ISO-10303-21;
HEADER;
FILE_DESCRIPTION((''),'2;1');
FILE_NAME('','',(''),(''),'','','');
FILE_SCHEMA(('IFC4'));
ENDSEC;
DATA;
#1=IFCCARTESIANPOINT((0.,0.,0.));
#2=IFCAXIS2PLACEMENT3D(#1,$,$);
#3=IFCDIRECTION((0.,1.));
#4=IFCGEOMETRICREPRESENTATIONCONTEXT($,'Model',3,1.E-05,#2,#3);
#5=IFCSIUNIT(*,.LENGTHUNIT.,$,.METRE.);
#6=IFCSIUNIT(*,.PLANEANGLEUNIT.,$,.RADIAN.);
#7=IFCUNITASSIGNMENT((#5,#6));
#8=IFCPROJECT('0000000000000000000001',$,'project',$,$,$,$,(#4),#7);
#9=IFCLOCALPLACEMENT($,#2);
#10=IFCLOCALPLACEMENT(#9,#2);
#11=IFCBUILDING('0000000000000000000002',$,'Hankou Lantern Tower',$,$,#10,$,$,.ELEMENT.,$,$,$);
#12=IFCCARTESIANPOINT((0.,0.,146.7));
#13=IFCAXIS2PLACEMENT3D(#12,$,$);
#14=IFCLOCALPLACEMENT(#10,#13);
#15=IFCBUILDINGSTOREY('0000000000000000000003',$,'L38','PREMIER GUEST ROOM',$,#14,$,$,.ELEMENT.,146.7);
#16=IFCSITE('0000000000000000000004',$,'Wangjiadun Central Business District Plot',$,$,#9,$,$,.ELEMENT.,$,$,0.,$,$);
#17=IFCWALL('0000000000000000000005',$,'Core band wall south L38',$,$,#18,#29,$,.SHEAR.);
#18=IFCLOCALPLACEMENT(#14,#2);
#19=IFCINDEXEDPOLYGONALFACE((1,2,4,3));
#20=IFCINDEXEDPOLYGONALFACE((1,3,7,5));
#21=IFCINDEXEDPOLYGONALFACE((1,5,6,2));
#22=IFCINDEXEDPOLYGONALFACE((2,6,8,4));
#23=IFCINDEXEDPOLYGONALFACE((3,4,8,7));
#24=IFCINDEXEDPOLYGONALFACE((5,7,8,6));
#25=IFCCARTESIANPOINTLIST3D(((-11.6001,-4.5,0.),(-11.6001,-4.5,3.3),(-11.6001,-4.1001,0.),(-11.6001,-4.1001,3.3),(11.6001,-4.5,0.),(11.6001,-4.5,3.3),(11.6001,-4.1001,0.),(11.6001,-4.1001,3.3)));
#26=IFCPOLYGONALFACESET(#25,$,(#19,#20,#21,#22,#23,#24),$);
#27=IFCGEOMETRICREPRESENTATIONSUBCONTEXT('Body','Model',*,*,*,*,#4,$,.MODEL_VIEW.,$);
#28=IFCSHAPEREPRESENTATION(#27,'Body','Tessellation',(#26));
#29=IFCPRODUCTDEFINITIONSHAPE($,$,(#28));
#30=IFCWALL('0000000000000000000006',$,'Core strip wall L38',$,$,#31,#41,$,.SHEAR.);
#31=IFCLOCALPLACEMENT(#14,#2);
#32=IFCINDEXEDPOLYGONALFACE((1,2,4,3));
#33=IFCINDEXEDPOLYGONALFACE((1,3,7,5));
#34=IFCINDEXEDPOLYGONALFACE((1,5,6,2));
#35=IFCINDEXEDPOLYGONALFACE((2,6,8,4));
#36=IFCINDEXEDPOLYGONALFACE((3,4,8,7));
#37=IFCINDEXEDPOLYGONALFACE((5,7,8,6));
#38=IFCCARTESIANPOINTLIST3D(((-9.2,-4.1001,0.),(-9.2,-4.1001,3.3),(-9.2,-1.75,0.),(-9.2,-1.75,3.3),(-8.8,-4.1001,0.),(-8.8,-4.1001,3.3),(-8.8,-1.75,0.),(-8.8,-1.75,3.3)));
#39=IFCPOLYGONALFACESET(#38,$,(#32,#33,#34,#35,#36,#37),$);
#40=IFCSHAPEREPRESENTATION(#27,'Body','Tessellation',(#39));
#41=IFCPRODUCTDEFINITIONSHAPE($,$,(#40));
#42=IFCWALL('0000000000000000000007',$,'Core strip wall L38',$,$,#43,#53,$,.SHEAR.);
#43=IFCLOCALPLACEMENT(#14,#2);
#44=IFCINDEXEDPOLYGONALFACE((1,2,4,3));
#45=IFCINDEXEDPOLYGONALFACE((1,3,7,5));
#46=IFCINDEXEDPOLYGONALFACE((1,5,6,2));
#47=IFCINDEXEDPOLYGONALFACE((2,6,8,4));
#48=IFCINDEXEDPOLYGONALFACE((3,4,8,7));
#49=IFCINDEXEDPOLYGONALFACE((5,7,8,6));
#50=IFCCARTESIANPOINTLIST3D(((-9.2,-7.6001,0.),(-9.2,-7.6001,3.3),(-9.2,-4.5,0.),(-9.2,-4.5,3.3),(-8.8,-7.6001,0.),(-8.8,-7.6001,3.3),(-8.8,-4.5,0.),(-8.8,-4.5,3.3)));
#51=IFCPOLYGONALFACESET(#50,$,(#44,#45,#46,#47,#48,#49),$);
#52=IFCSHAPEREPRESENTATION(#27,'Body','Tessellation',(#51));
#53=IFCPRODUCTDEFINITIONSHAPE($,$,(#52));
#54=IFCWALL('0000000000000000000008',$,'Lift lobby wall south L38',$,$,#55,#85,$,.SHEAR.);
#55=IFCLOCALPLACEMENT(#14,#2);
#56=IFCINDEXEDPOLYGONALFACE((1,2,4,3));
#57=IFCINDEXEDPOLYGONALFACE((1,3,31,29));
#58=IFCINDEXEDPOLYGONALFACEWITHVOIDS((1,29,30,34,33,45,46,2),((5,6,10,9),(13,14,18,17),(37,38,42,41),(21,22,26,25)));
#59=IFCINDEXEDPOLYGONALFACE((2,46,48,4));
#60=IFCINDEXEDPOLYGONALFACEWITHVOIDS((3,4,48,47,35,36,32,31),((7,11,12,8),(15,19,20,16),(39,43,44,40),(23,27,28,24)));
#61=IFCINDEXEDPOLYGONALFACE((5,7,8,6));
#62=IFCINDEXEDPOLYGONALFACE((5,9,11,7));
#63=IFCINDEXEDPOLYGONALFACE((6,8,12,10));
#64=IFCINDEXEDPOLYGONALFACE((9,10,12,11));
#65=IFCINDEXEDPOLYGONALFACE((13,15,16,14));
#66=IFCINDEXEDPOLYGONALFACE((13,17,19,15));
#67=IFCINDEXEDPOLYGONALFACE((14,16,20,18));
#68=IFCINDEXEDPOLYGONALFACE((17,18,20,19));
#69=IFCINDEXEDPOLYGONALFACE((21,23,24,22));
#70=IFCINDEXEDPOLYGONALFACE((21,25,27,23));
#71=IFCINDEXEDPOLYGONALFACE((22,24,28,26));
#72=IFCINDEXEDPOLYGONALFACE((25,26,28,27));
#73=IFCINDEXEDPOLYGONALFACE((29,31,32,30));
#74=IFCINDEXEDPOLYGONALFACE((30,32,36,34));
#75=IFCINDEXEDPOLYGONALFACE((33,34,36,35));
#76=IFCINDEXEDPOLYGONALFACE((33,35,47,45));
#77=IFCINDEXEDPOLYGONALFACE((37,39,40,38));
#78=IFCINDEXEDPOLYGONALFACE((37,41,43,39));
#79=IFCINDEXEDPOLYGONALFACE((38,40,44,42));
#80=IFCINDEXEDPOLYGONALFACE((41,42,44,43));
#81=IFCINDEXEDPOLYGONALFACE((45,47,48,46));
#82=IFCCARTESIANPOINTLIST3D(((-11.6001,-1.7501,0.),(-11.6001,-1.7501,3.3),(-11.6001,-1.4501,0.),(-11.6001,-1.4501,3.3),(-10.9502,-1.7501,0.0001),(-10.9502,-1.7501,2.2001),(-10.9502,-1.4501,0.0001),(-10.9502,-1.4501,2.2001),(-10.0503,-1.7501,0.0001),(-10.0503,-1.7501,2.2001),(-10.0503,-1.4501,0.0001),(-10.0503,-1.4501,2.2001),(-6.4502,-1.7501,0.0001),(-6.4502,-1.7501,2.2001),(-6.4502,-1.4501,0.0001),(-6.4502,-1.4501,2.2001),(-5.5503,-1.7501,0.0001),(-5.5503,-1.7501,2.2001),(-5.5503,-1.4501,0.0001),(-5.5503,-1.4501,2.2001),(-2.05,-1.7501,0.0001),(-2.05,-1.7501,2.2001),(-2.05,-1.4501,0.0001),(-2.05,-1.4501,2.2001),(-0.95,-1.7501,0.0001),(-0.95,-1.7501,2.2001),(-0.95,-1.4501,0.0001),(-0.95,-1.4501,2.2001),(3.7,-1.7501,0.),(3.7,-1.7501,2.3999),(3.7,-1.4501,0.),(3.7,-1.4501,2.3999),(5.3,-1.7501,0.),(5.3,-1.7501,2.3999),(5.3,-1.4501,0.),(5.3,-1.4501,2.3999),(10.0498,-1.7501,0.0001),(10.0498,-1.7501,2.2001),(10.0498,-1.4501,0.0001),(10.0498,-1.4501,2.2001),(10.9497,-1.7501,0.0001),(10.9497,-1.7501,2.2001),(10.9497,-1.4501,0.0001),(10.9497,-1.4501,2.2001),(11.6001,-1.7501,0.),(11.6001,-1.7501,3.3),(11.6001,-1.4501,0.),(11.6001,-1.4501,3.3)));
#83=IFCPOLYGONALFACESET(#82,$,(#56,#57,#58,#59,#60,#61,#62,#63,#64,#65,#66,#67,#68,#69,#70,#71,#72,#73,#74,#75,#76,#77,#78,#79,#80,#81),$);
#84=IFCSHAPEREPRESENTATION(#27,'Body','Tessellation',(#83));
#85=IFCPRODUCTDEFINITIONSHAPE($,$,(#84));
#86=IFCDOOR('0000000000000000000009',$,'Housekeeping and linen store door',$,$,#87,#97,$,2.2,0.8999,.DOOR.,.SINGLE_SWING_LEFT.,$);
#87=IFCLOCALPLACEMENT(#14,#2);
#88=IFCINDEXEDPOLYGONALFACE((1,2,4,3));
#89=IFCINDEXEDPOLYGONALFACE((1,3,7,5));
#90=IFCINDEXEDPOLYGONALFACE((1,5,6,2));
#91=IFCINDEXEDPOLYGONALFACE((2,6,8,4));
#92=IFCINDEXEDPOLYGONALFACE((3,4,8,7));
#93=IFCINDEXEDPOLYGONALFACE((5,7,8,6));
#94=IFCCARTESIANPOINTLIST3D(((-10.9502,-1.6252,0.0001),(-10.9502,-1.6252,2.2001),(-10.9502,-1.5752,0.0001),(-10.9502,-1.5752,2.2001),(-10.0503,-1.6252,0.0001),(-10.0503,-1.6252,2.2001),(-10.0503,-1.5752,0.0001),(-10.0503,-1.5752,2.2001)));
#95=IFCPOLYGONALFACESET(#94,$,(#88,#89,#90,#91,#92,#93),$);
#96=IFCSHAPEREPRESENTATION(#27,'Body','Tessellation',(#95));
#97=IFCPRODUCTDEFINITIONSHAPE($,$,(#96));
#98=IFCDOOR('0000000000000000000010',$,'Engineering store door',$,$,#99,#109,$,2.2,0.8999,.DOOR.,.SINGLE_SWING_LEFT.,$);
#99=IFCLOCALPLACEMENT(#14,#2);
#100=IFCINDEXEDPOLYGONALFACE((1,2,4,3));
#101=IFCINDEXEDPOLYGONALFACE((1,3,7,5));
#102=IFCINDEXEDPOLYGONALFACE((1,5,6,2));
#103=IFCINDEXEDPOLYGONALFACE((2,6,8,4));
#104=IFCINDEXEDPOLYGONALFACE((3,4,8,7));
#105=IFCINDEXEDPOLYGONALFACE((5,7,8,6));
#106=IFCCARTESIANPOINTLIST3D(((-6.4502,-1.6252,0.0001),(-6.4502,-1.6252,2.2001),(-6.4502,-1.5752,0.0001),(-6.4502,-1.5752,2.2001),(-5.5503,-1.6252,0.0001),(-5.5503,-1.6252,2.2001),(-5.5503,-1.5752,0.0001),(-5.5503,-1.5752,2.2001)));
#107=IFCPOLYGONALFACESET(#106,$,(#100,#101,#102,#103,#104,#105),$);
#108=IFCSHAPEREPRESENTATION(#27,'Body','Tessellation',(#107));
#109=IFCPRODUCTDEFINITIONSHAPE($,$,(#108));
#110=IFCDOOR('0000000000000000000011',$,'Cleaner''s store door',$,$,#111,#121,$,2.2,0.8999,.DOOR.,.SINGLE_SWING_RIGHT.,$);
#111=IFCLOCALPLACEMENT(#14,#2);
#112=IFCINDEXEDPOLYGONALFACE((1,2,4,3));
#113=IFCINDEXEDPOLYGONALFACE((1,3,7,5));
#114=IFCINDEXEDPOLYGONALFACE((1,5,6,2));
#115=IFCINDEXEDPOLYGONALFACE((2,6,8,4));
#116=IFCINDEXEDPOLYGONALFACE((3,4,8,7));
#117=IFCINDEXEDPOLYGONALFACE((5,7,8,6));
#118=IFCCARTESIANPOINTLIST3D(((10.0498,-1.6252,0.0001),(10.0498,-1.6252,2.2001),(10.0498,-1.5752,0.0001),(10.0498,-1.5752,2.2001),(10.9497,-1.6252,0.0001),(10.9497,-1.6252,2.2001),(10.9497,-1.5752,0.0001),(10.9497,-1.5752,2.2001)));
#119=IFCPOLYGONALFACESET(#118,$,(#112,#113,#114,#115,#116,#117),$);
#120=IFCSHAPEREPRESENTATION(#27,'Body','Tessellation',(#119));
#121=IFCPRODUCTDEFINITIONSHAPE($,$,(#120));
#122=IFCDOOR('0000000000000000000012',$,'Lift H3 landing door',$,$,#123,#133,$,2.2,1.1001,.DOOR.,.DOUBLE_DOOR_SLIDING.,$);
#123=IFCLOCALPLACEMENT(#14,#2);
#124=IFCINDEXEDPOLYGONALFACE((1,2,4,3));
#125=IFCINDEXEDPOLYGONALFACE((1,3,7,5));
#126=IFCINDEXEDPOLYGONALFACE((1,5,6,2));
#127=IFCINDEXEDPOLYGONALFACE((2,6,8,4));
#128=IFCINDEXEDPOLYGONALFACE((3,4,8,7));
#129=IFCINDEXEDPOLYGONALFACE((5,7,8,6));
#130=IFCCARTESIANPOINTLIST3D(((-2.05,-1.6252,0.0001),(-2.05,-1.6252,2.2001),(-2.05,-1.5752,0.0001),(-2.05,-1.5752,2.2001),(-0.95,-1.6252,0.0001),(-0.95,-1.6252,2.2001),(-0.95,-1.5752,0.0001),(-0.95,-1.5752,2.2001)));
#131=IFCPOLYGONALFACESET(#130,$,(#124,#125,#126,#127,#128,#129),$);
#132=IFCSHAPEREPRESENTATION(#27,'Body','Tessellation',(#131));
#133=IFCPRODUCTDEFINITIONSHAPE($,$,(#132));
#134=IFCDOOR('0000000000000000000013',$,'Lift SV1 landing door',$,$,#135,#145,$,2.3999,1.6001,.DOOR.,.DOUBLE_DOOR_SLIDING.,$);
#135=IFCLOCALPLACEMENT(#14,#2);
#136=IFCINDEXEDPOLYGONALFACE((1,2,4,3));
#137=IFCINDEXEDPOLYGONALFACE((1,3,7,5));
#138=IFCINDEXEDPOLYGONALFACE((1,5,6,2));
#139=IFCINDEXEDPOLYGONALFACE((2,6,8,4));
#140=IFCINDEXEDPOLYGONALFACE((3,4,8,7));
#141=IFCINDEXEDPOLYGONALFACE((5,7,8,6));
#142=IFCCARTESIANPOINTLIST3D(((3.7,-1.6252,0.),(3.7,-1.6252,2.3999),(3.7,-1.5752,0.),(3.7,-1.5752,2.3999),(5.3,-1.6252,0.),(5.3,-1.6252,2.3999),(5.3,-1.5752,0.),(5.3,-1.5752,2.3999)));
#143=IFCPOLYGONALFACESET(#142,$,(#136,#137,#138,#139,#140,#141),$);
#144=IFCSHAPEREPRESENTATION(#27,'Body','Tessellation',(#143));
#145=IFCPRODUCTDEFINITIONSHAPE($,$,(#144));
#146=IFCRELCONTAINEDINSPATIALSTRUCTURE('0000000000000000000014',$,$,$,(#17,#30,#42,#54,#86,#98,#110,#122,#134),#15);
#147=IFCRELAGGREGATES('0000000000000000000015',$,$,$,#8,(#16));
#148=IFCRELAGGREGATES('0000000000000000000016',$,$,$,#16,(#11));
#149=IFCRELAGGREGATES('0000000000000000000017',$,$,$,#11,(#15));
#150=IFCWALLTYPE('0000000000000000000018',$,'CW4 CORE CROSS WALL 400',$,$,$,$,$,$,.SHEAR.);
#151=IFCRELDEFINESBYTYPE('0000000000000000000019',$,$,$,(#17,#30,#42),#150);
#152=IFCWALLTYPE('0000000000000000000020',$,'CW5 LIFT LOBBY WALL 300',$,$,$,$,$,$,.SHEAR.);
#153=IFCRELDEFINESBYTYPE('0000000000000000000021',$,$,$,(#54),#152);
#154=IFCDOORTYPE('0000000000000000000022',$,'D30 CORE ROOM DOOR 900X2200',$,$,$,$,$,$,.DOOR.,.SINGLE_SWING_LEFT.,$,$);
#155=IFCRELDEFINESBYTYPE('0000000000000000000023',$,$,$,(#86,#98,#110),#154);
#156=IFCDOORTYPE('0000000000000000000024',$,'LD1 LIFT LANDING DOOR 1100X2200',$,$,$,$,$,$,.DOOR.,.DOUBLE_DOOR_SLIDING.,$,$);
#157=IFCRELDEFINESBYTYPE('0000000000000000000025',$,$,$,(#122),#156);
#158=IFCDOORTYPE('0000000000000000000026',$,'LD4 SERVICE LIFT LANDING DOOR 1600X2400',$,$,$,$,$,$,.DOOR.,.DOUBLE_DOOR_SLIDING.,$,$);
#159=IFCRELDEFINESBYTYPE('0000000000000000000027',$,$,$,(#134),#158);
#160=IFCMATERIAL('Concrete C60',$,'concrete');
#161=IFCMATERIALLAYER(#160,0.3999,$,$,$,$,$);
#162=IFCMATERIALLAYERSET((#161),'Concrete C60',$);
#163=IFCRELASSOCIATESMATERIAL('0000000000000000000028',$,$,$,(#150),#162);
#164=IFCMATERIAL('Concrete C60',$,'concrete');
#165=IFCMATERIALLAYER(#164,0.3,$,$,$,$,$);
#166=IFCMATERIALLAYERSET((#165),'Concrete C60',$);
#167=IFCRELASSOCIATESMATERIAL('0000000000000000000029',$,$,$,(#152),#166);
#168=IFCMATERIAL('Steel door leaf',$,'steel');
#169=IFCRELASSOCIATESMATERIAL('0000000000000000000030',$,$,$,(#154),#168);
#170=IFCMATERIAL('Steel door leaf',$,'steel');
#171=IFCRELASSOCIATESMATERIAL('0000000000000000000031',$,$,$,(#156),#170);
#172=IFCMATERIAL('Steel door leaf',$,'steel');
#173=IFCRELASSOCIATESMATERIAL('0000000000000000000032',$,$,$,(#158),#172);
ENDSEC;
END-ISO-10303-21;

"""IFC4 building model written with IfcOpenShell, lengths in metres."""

from ifc_helpers import new_model, si_unit, direction, frame, frame_2d, origin, place, context, subcontext, project, spatial, rectangle, extrude, material, layer, layer_set, type_object, element, fill, save


model = new_model("IFC4")

# Units and contexts
model_context = context("Model", 3, precision=1e-05, world=origin(), true_north=direction((0.0, 1.0)))
body_context = subcontext(model_context, "Body", "Model", "MODEL_VIEW")
ifc_project = project(units=[si_unit("LENGTHUNIT", "METRE"), si_unit("PLANEANGLEUNIT", "RADIAN")], contexts=[model_context])

# Site, building, storey
site_placement = place(None, origin())
site = spatial("IfcSite", under=ifc_project, at=site_placement, Name="Wangjiadun Central Business District Plot", CompositionType="ELEMENT", RefElevation=0.0)
building_placement = place(site_placement, origin())
building = spatial("IfcBuilding", under=site, at=building_placement, Name="Hankou Lantern Tower", CompositionType="ELEMENT")
storey_placement = place(building_placement, frame((0.0, 0.0, 146.7)))
storey = spatial("IfcBuildingStorey", under=building, at=storey_placement, Name="L38", Description="PREMIER GUEST ROOM", CompositionType="ELEMENT", Elevation=146.7)

# Walls
ifc_material_1 = material(Name="Concrete C60", Category="concrete")
ifc_layer_1 = layer(ifc_material_1, 0.3999)
ifc_layer_set_1 = layer_set([ifc_layer_1], Name="Concrete C60")
wall_type_1 = type_object("IfcWallType", Name="CW4 CORE CROSS WALL 400", PredefinedType="SHEAR", material=ifc_layer_set_1)
wall_1_placement = place(storey_placement, frame((-11.6001, -4.3, 0.0), z_axis=(0.0, 0.0, 1.0), x_axis=(1.0, 0.0, 0.0)))
element("IfcWall", 1, at=wall_1_placement, inside=storey, type_object=wall_type_1, Name="Core band wall south L38", PredefinedType="SHEAR", context=body_context, shape_type="SweptSolid", body=[
    extrude(rectangle(XDim=23.2002, YDim=0.3999, at=frame_2d((11.6001, 0.0))), origin(), (0.0, 0.0, 1.0), 3.3),
])
wall_2_placement = place(storey_placement, frame((-9.0, -4.1001, 0.0), z_axis=(0.0, 0.0, 1.0), x_axis=(0.0, 1.0, 0.0)))
element("IfcWall", 2, at=wall_2_placement, inside=storey, type_object=wall_type_1, Name="Core strip wall L38", PredefinedType="SHEAR", context=body_context, shape_type="SweptSolid", body=[
    extrude(rectangle(XDim=2.3501, YDim=0.3999, at=frame_2d((1.175, 0.0))), origin(), (0.0, 0.0, 1.0), 3.3),
])
wall_3_placement = place(storey_placement, frame((-9.0, -7.6001, 0.0), z_axis=(0.0, 0.0, 1.0), x_axis=(0.0, 1.0, 0.0)))
element("IfcWall", 3, at=wall_3_placement, inside=storey, type_object=wall_type_1, Name="Core strip wall L38", PredefinedType="SHEAR", context=body_context, shape_type="SweptSolid", body=[
    extrude(rectangle(XDim=3.1001, YDim=0.3999, at=frame_2d((1.55, 0.0))), origin(), (0.0, 0.0, 1.0), 3.3),
])

# Wall, openings, doors
ifc_material_2 = material(Name="Concrete C60", Category="concrete")
ifc_layer_2 = layer(ifc_material_2, 0.3)
ifc_layer_set_2 = layer_set([ifc_layer_2], Name="Concrete C60")
wall_type_2 = type_object("IfcWallType", Name="CW5 LIFT LOBBY WALL 300", PredefinedType="SHEAR", material=ifc_layer_set_2)
wall_4_placement = place(storey_placement, frame((-11.6001, -1.6001, 0.0), z_axis=(0.0, 0.0, 1.0), x_axis=(1.0, 0.0, 0.0)))
wall_4 = element("IfcWall", 4, at=wall_4_placement, inside=storey, type_object=wall_type_2, Name="Lift lobby wall south L38", PredefinedType="SHEAR", context=body_context, shape_type="SweptSolid", body=[
    extrude(rectangle(XDim=23.2002, YDim=0.3, at=frame_2d((11.6001, 0.0))), origin(), (0.0, 0.0, 1.0), 3.3),
])
opening_1_placement = place(wall_4_placement, frame((9.55, 0.0, 0.0)))
opening_1 = element("IfcOpeningElement", 5, at=opening_1_placement, cuts=wall_4, PredefinedType="OPENING", context=body_context, shape_type="SweptSolid", body=[
    extrude(rectangle(XDim=1.1001, YDim=2.2, at=frame_2d((0.55, 1.1001))), frame((0.0, 0.1599, 0.0), z_axis=(0.0, -1.0, 0.0), x_axis=(1.0, 0.0, 0.0)), (0.0, 0.0, 1.0), 0.3201),
])
opening_2_placement = place(wall_4_placement, frame((15.3, 0.0, 0.0)))
opening_2 = element("IfcOpeningElement", 6, at=opening_2_placement, cuts=wall_4, PredefinedType="OPENING", context=body_context, shape_type="SweptSolid", body=[
    extrude(rectangle(XDim=1.6001, YDim=2.3999, at=frame_2d((0.8, 1.2))), frame((0.0, 0.1599, 0.0), z_axis=(0.0, -1.0, 0.0), x_axis=(1.0, 0.0, 0.0)), (0.0, 0.0, 1.0), 0.3201),
])
opening_3_placement = place(wall_4_placement, frame((0.6499, 0.0, 0.0)))
opening_3 = element("IfcOpeningElement", 7, at=opening_3_placement, cuts=wall_4, PredefinedType="OPENING", context=body_context, shape_type="SweptSolid", body=[
    extrude(rectangle(XDim=0.8999, YDim=2.2, at=frame_2d((0.45, 1.1001))), frame((0.0, 0.1599, 0.0), z_axis=(0.0, -1.0, 0.0), x_axis=(1.0, 0.0, 0.0)), (0.0, 0.0, 1.0), 0.3201),
])
opening_4_placement = place(wall_4_placement, frame((5.1499, 0.0, 0.0)))
opening_4 = element("IfcOpeningElement", 8, at=opening_4_placement, cuts=wall_4, PredefinedType="OPENING", context=body_context, shape_type="SweptSolid", body=[
    extrude(rectangle(XDim=0.8999, YDim=2.2, at=frame_2d((0.45, 1.1001))), frame((0.0, 0.1599, 0.0), z_axis=(0.0, -1.0, 0.0), x_axis=(1.0, 0.0, 0.0)), (0.0, 0.0, 1.0), 0.3201),
])
opening_5_placement = place(wall_4_placement, frame((21.6499, 0.0, 0.0)))
opening_5 = element("IfcOpeningElement", 9, at=opening_5_placement, cuts=wall_4, PredefinedType="OPENING", context=body_context, shape_type="SweptSolid", body=[
    extrude(rectangle(XDim=0.8999, YDim=2.2, at=frame_2d((0.45, 1.1001))), frame((0.0, 0.1599, 0.0), z_axis=(0.0, -1.0, 0.0), x_axis=(1.0, 0.0, 0.0)), (0.0, 0.0, 1.0), 0.3201),
])
ifc_material_3 = material(Name="Steel door leaf", Category="steel")
door_type_1 = type_object("IfcDoorType", Name="D30 CORE ROOM DOOR 900X2200", OperationType="SINGLE_SWING_LEFT", PredefinedType="DOOR", material=ifc_material_3)
door_1_placement = place(opening_3_placement, origin())
door_1 = element("IfcDoor", 10, at=door_1_placement, inside=storey, type_object=door_type_1, Name="Housekeeping and linen store door", OperationType="SINGLE_SWING_LEFT", OverallHeight=2.2, OverallWidth=0.8999, PredefinedType="DOOR", context=body_context, shape_type="SweptSolid", body=[
    extrude(rectangle(XDim=0.8999, YDim=2.2, at=frame_2d((0.45, 1.1001))), frame((0.0, 0.0249, 0.0), z_axis=(0.0, -1.0, 0.0), x_axis=(1.0, 0.0, 0.0)), (0.0, 0.0, 1.0), 0.05),
])
fill(opening_3, door_1)
door_2_placement = place(opening_4_placement, origin())
door_2 = element("IfcDoor", 11, at=door_2_placement, inside=storey, type_object=door_type_1, Name="Engineering store door", OperationType="SINGLE_SWING_LEFT", OverallHeight=2.2, OverallWidth=0.8999, PredefinedType="DOOR", context=body_context, shape_type="SweptSolid", body=[
    extrude(rectangle(XDim=0.8999, YDim=2.2, at=frame_2d((0.45, 1.1001))), frame((0.0, 0.0249, 0.0), z_axis=(0.0, -1.0, 0.0), x_axis=(1.0, 0.0, 0.0)), (0.0, 0.0, 1.0), 0.05),
])
fill(opening_4, door_2)
door_3_placement = place(opening_5_placement, origin())
door_3 = element("IfcDoor", 12, at=door_3_placement, inside=storey, type_object=door_type_1, Name="Cleaner's store door", OperationType="SINGLE_SWING_RIGHT", OverallHeight=2.2, OverallWidth=0.8999, PredefinedType="DOOR", context=body_context, shape_type="SweptSolid", body=[
    extrude(rectangle(XDim=0.8999, YDim=2.2, at=frame_2d((0.45, 1.1001))), frame((0.0, 0.0249, 0.0), z_axis=(0.0, -1.0, 0.0), x_axis=(1.0, 0.0, 0.0)), (0.0, 0.0, 1.0), 0.05),
])
fill(opening_5, door_3)
ifc_material_4 = material(Name="Steel door leaf", Category="steel")
door_type_2 = type_object("IfcDoorType", Name="LD1 LIFT LANDING DOOR 1100X2200", OperationType="DOUBLE_DOOR_SLIDING", PredefinedType="DOOR", material=ifc_material_4)
door_4_placement = place(opening_1_placement, origin())
door_4 = element("IfcDoor", 13, at=door_4_placement, inside=storey, type_object=door_type_2, Name="Lift H3 landing door", OperationType="DOUBLE_DOOR_SLIDING", OverallHeight=2.2, OverallWidth=1.1001, PredefinedType="DOOR", context=body_context, shape_type="SweptSolid", body=[
    extrude(rectangle(XDim=1.1001, YDim=2.2, at=frame_2d((0.55, 1.1001))), frame((0.0, 0.0249, 0.0), z_axis=(0.0, -1.0, 0.0), x_axis=(1.0, 0.0, 0.0)), (0.0, 0.0, 1.0), 0.05),
])
fill(opening_1, door_4)
ifc_material_5 = material(Name="Steel door leaf", Category="steel")
door_type_3 = type_object("IfcDoorType", Name="LD4 SERVICE LIFT LANDING DOOR 1600X2400", OperationType="DOUBLE_DOOR_SLIDING", PredefinedType="DOOR", material=ifc_material_5)
door_5_placement = place(opening_2_placement, origin())
door_5 = element("IfcDoor", 14, at=door_5_placement, inside=storey, type_object=door_type_3, Name="Lift SV1 landing door", OperationType="DOUBLE_DOOR_SLIDING", OverallHeight=2.3999, OverallWidth=1.6001, PredefinedType="DOOR", context=body_context, shape_type="SweptSolid", body=[
    extrude(rectangle(XDim=1.6001, YDim=2.3999, at=frame_2d((0.8, 1.2))), frame((0.0, 0.0249, 0.0), z_axis=(0.0, -1.0, 0.0), x_axis=(1.0, 0.0, 0.0)), (0.0, 0.0, 1.0), 0.05),
])
fill(opening_2, door_5)

save(model, "model.ifc")
